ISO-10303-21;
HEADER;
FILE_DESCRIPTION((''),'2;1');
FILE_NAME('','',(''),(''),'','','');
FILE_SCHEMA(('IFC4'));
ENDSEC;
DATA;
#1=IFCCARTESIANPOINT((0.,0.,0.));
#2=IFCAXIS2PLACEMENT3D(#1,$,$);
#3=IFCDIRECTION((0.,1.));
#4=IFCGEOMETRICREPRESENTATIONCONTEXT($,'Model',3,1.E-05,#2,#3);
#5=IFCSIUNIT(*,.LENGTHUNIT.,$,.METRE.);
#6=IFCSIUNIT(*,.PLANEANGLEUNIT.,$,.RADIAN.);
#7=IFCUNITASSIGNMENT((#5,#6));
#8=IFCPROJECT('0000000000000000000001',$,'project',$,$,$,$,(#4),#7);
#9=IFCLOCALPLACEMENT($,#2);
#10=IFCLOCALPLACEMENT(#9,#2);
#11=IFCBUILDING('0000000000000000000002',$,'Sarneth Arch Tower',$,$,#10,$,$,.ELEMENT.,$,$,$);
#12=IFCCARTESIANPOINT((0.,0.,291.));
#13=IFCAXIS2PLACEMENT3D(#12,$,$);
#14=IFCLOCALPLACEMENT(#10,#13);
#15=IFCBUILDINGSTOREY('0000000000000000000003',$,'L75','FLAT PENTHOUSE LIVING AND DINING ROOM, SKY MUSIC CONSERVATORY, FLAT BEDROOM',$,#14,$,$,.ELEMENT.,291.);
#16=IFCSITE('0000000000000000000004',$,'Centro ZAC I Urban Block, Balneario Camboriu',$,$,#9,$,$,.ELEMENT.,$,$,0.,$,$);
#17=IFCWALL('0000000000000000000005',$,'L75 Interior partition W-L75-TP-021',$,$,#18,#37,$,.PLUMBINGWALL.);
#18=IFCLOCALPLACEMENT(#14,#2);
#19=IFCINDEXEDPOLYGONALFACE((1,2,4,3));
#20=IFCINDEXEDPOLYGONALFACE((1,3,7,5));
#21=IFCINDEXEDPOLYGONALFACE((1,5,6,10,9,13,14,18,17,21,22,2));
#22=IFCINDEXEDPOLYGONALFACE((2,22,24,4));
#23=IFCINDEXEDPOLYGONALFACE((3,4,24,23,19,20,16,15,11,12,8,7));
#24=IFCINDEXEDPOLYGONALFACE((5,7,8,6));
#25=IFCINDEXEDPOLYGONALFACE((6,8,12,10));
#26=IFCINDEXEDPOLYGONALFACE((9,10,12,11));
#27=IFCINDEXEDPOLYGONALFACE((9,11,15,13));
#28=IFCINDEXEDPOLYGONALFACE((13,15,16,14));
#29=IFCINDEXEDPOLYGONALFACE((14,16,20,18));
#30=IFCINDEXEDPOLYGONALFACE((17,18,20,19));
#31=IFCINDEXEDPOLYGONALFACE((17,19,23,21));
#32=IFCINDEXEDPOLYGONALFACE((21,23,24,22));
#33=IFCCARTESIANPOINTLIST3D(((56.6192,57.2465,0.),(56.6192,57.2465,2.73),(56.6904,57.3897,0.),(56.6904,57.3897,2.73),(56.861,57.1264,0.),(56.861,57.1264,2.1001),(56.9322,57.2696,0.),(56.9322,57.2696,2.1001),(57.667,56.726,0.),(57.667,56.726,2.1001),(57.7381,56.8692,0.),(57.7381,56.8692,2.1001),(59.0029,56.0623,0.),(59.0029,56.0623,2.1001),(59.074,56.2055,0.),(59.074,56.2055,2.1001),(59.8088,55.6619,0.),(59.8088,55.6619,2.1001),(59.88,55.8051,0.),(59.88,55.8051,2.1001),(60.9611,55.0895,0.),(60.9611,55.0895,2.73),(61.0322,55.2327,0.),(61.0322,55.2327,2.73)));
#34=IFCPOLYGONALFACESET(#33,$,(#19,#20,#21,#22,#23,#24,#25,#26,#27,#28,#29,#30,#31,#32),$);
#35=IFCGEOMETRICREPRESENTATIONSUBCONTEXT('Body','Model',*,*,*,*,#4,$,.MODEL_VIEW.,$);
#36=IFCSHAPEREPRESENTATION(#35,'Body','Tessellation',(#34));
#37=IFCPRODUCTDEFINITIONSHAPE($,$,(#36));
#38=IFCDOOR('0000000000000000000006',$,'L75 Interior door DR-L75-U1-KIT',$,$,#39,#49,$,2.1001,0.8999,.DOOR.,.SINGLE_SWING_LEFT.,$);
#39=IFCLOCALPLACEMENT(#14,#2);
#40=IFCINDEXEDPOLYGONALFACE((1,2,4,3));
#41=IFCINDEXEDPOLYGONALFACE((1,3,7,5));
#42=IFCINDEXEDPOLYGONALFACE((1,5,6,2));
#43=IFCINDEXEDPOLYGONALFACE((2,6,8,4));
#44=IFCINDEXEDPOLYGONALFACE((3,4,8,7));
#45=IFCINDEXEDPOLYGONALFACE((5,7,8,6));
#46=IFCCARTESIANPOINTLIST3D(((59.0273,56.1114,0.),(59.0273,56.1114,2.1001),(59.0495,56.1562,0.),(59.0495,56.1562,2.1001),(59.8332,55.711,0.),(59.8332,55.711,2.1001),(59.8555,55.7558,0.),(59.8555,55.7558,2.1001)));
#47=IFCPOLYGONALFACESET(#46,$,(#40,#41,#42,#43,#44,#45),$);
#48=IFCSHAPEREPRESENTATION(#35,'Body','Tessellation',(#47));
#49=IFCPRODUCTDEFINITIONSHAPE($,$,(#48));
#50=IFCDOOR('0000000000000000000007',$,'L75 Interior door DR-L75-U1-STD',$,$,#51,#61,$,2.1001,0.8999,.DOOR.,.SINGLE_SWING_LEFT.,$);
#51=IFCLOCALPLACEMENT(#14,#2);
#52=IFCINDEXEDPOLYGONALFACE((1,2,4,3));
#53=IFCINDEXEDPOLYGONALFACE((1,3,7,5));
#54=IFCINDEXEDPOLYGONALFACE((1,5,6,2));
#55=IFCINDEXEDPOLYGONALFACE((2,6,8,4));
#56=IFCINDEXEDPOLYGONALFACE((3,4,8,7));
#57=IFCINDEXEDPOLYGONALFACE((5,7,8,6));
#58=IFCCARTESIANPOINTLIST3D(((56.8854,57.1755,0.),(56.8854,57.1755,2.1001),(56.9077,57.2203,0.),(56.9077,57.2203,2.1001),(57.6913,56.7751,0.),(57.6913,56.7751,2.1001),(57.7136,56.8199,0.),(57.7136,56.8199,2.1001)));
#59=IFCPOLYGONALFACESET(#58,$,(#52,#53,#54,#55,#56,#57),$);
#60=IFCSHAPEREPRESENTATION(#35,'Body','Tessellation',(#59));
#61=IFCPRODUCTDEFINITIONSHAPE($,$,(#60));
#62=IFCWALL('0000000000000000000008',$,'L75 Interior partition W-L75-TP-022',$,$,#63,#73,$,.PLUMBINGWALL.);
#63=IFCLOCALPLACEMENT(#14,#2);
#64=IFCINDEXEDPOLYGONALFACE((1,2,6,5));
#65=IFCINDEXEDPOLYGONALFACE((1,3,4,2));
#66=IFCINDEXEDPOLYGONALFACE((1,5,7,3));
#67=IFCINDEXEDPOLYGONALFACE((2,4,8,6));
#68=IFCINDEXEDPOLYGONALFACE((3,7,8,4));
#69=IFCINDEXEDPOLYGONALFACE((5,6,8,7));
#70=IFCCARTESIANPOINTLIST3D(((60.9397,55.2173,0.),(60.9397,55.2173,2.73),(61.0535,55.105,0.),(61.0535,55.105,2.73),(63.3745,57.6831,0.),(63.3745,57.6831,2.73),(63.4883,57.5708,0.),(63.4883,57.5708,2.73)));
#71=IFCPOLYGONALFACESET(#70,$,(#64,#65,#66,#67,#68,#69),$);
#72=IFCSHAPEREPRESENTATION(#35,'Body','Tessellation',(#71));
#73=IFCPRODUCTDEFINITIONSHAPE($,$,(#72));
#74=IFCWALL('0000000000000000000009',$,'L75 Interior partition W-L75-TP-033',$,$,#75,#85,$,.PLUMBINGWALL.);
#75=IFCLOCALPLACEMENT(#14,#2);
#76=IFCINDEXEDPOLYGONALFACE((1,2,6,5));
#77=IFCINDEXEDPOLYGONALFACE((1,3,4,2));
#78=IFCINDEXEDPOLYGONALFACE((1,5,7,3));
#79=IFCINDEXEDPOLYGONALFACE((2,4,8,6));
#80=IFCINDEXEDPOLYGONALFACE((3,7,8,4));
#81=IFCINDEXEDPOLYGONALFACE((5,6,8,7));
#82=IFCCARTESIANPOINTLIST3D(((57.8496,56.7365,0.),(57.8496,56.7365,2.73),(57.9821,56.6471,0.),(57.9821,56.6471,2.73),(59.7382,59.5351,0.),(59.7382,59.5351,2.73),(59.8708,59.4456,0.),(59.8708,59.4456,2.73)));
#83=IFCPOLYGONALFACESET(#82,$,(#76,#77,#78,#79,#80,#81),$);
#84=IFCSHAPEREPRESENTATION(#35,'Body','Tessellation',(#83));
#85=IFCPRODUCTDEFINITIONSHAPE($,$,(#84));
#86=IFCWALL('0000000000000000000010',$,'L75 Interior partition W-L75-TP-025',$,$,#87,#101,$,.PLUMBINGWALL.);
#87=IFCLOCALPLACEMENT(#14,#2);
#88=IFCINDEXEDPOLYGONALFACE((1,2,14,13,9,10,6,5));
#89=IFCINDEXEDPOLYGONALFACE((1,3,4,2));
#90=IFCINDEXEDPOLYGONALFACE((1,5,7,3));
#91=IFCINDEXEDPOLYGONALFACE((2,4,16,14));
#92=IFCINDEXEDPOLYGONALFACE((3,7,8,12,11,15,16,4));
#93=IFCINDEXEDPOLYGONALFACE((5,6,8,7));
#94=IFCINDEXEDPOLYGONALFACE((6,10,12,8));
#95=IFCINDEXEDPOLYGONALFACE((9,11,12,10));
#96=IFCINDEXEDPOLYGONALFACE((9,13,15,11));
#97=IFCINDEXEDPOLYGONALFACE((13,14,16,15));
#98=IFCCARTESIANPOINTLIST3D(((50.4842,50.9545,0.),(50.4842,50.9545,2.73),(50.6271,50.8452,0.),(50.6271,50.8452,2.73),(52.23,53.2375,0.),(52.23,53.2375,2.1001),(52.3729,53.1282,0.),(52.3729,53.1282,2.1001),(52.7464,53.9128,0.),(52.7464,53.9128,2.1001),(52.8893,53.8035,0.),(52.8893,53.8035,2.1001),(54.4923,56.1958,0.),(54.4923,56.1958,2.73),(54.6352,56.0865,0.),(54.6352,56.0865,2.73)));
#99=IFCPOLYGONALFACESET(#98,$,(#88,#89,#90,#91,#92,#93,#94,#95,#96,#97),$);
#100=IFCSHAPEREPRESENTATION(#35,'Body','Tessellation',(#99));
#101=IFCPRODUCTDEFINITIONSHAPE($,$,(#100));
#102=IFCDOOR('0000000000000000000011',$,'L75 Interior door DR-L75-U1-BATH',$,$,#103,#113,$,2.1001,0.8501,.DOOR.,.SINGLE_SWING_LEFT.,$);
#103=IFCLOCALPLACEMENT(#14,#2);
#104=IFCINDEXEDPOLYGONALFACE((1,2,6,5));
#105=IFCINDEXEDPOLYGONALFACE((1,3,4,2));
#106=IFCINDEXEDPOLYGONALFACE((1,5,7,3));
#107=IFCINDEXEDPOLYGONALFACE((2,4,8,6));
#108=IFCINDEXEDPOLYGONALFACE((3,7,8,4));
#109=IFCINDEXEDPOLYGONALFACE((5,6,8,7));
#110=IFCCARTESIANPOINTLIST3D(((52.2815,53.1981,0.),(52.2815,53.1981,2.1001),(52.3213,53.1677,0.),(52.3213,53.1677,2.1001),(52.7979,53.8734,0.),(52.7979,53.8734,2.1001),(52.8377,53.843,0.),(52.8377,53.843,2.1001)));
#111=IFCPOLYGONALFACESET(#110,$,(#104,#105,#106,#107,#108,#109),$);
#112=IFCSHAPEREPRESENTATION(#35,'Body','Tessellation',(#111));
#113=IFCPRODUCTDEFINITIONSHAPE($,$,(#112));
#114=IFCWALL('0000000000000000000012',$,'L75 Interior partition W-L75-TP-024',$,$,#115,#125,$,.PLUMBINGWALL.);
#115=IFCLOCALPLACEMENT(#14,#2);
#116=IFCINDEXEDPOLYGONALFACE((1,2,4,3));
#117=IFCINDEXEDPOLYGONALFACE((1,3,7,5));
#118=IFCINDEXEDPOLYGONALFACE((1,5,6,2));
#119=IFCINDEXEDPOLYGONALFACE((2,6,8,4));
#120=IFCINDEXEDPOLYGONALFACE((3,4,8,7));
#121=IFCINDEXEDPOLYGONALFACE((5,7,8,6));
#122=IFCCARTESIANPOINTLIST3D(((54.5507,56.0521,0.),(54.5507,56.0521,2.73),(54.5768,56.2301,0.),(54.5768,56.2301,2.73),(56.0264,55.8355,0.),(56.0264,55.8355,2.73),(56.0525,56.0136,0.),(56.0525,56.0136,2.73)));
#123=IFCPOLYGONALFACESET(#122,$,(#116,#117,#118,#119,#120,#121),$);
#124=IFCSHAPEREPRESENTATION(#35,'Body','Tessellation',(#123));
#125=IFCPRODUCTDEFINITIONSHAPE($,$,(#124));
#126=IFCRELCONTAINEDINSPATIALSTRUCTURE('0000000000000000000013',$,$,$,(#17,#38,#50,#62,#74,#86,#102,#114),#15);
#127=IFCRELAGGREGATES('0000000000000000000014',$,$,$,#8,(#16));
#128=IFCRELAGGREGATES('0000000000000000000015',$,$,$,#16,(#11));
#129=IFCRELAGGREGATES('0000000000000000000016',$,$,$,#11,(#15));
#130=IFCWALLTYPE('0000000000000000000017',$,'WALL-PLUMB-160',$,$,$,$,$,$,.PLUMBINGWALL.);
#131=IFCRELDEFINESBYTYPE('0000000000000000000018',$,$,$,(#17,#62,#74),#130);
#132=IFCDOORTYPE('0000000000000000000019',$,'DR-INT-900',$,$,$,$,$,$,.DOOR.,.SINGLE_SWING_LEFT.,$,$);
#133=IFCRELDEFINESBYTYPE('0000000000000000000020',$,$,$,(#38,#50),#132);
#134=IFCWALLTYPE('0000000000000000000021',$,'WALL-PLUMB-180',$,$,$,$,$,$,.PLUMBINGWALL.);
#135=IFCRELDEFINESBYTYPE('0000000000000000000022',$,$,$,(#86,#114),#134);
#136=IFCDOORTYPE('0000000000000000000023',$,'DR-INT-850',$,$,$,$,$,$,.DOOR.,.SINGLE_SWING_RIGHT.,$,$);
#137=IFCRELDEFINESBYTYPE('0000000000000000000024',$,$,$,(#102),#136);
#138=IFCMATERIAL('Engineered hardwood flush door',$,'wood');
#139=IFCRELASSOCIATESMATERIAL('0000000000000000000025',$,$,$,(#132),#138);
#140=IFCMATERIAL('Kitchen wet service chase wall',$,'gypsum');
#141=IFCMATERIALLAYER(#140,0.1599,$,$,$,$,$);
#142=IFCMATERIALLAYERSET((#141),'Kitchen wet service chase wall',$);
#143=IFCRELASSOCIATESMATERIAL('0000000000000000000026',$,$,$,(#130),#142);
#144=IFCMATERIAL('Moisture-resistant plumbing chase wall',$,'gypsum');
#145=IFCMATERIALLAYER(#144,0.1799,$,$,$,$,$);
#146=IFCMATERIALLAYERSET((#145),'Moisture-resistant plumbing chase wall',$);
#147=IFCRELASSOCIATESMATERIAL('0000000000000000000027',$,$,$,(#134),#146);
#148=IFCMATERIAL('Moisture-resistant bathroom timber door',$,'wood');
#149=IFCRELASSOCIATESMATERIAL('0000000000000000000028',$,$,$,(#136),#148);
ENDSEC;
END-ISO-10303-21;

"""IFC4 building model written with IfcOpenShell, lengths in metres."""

from ifc_helpers import new_model, si_unit, direction, frame, frame_2d, origin, place, context, subcontext, project, spatial, rectangle, extrude, material, layer, layer_set, type_object, element, fill, save


model = new_model("IFC4")

# Units and contexts
model_context = context("Model", 3, precision=1e-05, world=origin(), true_north=direction((0.0, 1.0)))
body_context = subcontext(model_context, "Body", "Model", "MODEL_VIEW")
ifc_project = project(units=[si_unit("LENGTHUNIT", "METRE"), si_unit("PLANEANGLEUNIT", "RADIAN")], contexts=[model_context])

# Site, building, storey
site_placement = place(None, origin())
site = spatial("IfcSite", under=ifc_project, at=site_placement, Name="Centro ZAC I Urban Block, Balneario Camboriu", CompositionType="ELEMENT", RefElevation=0.0)
building_placement = place(site_placement, origin())
building = spatial("IfcBuilding", under=site, at=building_placement, Name="Sarneth Arch Tower", CompositionType="ELEMENT")
storey_placement = place(building_placement, frame((0.0, 0.0, 291.0)))
storey = spatial("IfcBuildingStorey", under=building, at=storey_placement, Name="L75", Description="FLAT PENTHOUSE LIVING AND DINING ROOM, SKY MUSIC CONSERVATORY, FLAT BEDROOM", CompositionType="ELEMENT", Elevation=291.0)

# Shared definitions
ifc_material_1 = material(Name="Engineered hardwood flush door", Category="wood")
door_type_1 = type_object("IfcDoorType", Name="DR-INT-900", OperationType="SINGLE_SWING_LEFT", PredefinedType="DOOR", material=ifc_material_1)

# Wall, openings, doors
ifc_material_2 = material(Name="Kitchen wet service chase wall", Category="gypsum")
ifc_layer_1 = layer(ifc_material_2, 0.1599)
ifc_layer_set_1 = layer_set([ifc_layer_1], Name="Kitchen wet service chase wall")
wall_type_1 = type_object("IfcWallType", Name="WALL-PLUMB-160", PredefinedType="PLUMBINGWALL", material=ifc_layer_set_1)
wall_1_placement = place(storey_placement, frame((56.6548, 57.3181, 0.0), z_axis=(0.0, 0.0, 1.0), x_axis=(0.895572, -0.444916, 0.0)))
wall_1 = element("IfcWall", 1, at=wall_1_placement, inside=storey, type_object=wall_type_1, Name="L75 Interior partition W-L75-TP-021", PredefinedType="PLUMBINGWALL", context=body_context, shape_type="SweptSolid", body=[
    extrude(rectangle(XDim=4.8481, YDim=0.1599, at=frame_2d((2.4241, 0.0))), origin(), (0.0, 0.0, 1.0), 2.73),
])
opening_1_placement = place(wall_1_placement, frame((2.6616, 0.0, 0.0)))
opening_1 = element("IfcOpeningElement", 2, at=opening_1_placement, cuts=wall_1, PredefinedType="OPENING", context=body_context, shape_type="SweptSolid", body=[
    extrude(rectangle(XDim=0.8999, YDim=2.1001, at=frame_2d((0.45, 1.05))), frame((0.0, 0.0898, 0.0), z_axis=(0.0, -1.0, 0.0), x_axis=(1.0, 0.0, 0.0)), (0.0, 0.0, 1.0), 0.1799),
])
opening_2_placement = place(wall_1_placement, frame((0.27, 0.0, 0.0)))
opening_2 = element("IfcOpeningElement", 3, at=opening_2_placement, cuts=wall_1, PredefinedType="OPENING", context=body_context, shape_type="SweptSolid", body=[
    extrude(rectangle(XDim=0.8999, YDim=2.1001, at=frame_2d((0.45, 1.05))), frame((0.0, 0.0898, 0.0), z_axis=(0.0, -1.0, 0.0), x_axis=(1.0, 0.0, 0.0)), (0.0, 0.0, 1.0), 0.1799),
])
door_1_placement = place(opening_1_placement, origin())
door_1 = element("IfcDoor", 4, at=door_1_placement, inside=storey, type_object=door_type_1, Name="L75 Interior door DR-L75-U1-KIT", OperationType="SINGLE_SWING_LEFT", OverallHeight=2.1001, OverallWidth=0.8999, PredefinedType="DOOR", context=body_context, shape_type="SweptSolid", body=[
    extrude(rectangle(XDim=0.8999, YDim=2.1001, at=frame_2d((0.45, 1.05))), frame((0.0, 0.0249, 0.0), z_axis=(0.0, -1.0, 0.0), x_axis=(1.0, 0.0, 0.0)), (0.0, 0.0, 1.0), 0.05),
])
fill(opening_1, door_1)
door_2_placement = place(opening_2_placement, origin())
door_2 = element("IfcDoor", 5, at=door_2_placement, inside=storey, type_object=door_type_1, Name="L75 Interior door DR-L75-U1-STD", OperationType="SINGLE_SWING_LEFT", OverallHeight=2.1001, OverallWidth=0.8999, PredefinedType="DOOR", context=body_context, shape_type="SweptSolid", body=[
    extrude(rectangle(XDim=0.8999, YDim=2.1001, at=frame_2d((0.45, 1.05))), frame((0.0, 0.0249, 0.0), z_axis=(0.0, -1.0, 0.0), x_axis=(1.0, 0.0, 0.0)), (0.0, 0.0, 1.0), 0.05),
])
fill(opening_2, door_2)

# Walls
wall_2_placement = place(storey_placement, frame((60.9966, 55.1611, 0.0), z_axis=(0.0, 0.0, 1.0), x_axis=(0.702619, 0.711566, 0.0)))
element("IfcWall", 6, at=wall_2_placement, inside=storey, type_object=wall_type_1, Name="L75 Interior partition W-L75-TP-022", PredefinedType="PLUMBINGWALL", context=body_context, shape_type="SweptSolid", body=[
    extrude(rectangle(XDim=3.4653, YDim=0.1599, at=frame_2d((1.7327, 0.0))), origin(), (0.0, 0.0, 1.0), 2.73),
])
wall_3_placement = place(storey_placement, frame((59.8044, 59.4902, 0.0), z_axis=(0.0, 0.0, 1.0), x_axis=(-0.559397, -0.8289, 0.0)))
element("IfcWall", 7, at=wall_3_placement, inside=storey, type_object=wall_type_1, Name="L75 Interior partition W-L75-TP-033", PredefinedType="PLUMBINGWALL", context=body_context, shape_type="SweptSolid", body=[
    extrude(rectangle(XDim=3.3762, YDim=0.1599, at=frame_2d((1.688, 0.0))), origin(), (0.0, 0.0, 1.0), 2.73),
])

# Wall, opening, door
ifc_material_3 = material(Name="Moisture-resistant plumbing chase wall", Category="gypsum")
ifc_layer_2 = layer(ifc_material_3, 0.1799)
ifc_layer_set_2 = layer_set([ifc_layer_2], Name="Moisture-resistant plumbing chase wall")
wall_type_2 = type_object("IfcWallType", Name="WALL-PLUMB-180", PredefinedType="PLUMBINGWALL", material=ifc_layer_set_2)
wall_4_placement = place(storey_placement, frame((54.5637, 56.1411, 0.0), z_axis=(0.0, 0.0, 1.0), x_axis=(-0.607457, -0.794353, 0.0)))
wall_4 = element("IfcWall", 8, at=wall_4_placement, inside=storey, type_object=wall_type_2, Name="L75 Interior partition W-L75-TP-025", PredefinedType="PLUMBINGWALL", context=body_context, shape_type="SweptSolid", body=[
    extrude(rectangle(XDim=6.5981, YDim=0.1799, at=frame_2d((3.2991, 0.0))), origin(), (0.0, 0.0, 1.0), 2.73),
])
opening_3_placement = place(wall_4_placement, frame((2.874, 0.0, 0.0)))
opening_3 = element("IfcOpeningElement", 9, at=opening_3_placement, cuts=wall_4, PredefinedType="OPENING", context=body_context, shape_type="SweptSolid", body=[
    extrude(rectangle(XDim=0.8501, YDim=2.1001, at=frame_2d((0.425, 1.05))), frame((0.0, 0.0999, 0.0), z_axis=(0.0, -1.0, 0.0), x_axis=(1.0, 0.0, 0.0)), (0.0, 0.0, 1.0), 0.2),
])
ifc_material_4 = material(Name="Moisture-resistant bathroom timber door", Category="wood")
door_type_2 = type_object("IfcDoorType", Name="DR-INT-850", OperationType="SINGLE_SWING_RIGHT", PredefinedType="DOOR", material=ifc_material_4)
door_3_placement = place(opening_3_placement, origin())
door_3 = element("IfcDoor", 10, at=door_3_placement, inside=storey, type_object=door_type_2, Name="L75 Interior door DR-L75-U1-BATH", OperationType="SINGLE_SWING_LEFT", OverallHeight=2.1001, OverallWidth=0.8501, PredefinedType="DOOR", context=body_context, shape_type="SweptSolid", body=[
    extrude(rectangle(XDim=0.8501, YDim=2.1001, at=frame_2d((0.425, 1.05))), frame((0.0, 0.0249, 0.0), z_axis=(0.0, -1.0, 0.0), x_axis=(1.0, 0.0, 0.0)), (0.0, 0.0, 1.0), 0.05),
])
fill(opening_3, door_3)

# Wall
wall_5_placement = place(storey_placement, frame((56.0393, 55.9246, 0.0), z_axis=(0.0, 0.0, 1.0), x_axis=(-0.989402, 0.145202, 0.0)))
element("IfcWall", 11, at=wall_5_placement, inside=storey, type_object=wall_type_2, Name="L75 Interior partition W-L75-TP-024", PredefinedType="PLUMBINGWALL", context=body_context, shape_type="SweptSolid", body=[
    extrude(rectangle(XDim=1.4915, YDim=0.1799, at=frame_2d((0.7456, 0.0))), origin(), (0.0, 0.0, 1.0), 2.73),
])

save(model, "model.ifc")
